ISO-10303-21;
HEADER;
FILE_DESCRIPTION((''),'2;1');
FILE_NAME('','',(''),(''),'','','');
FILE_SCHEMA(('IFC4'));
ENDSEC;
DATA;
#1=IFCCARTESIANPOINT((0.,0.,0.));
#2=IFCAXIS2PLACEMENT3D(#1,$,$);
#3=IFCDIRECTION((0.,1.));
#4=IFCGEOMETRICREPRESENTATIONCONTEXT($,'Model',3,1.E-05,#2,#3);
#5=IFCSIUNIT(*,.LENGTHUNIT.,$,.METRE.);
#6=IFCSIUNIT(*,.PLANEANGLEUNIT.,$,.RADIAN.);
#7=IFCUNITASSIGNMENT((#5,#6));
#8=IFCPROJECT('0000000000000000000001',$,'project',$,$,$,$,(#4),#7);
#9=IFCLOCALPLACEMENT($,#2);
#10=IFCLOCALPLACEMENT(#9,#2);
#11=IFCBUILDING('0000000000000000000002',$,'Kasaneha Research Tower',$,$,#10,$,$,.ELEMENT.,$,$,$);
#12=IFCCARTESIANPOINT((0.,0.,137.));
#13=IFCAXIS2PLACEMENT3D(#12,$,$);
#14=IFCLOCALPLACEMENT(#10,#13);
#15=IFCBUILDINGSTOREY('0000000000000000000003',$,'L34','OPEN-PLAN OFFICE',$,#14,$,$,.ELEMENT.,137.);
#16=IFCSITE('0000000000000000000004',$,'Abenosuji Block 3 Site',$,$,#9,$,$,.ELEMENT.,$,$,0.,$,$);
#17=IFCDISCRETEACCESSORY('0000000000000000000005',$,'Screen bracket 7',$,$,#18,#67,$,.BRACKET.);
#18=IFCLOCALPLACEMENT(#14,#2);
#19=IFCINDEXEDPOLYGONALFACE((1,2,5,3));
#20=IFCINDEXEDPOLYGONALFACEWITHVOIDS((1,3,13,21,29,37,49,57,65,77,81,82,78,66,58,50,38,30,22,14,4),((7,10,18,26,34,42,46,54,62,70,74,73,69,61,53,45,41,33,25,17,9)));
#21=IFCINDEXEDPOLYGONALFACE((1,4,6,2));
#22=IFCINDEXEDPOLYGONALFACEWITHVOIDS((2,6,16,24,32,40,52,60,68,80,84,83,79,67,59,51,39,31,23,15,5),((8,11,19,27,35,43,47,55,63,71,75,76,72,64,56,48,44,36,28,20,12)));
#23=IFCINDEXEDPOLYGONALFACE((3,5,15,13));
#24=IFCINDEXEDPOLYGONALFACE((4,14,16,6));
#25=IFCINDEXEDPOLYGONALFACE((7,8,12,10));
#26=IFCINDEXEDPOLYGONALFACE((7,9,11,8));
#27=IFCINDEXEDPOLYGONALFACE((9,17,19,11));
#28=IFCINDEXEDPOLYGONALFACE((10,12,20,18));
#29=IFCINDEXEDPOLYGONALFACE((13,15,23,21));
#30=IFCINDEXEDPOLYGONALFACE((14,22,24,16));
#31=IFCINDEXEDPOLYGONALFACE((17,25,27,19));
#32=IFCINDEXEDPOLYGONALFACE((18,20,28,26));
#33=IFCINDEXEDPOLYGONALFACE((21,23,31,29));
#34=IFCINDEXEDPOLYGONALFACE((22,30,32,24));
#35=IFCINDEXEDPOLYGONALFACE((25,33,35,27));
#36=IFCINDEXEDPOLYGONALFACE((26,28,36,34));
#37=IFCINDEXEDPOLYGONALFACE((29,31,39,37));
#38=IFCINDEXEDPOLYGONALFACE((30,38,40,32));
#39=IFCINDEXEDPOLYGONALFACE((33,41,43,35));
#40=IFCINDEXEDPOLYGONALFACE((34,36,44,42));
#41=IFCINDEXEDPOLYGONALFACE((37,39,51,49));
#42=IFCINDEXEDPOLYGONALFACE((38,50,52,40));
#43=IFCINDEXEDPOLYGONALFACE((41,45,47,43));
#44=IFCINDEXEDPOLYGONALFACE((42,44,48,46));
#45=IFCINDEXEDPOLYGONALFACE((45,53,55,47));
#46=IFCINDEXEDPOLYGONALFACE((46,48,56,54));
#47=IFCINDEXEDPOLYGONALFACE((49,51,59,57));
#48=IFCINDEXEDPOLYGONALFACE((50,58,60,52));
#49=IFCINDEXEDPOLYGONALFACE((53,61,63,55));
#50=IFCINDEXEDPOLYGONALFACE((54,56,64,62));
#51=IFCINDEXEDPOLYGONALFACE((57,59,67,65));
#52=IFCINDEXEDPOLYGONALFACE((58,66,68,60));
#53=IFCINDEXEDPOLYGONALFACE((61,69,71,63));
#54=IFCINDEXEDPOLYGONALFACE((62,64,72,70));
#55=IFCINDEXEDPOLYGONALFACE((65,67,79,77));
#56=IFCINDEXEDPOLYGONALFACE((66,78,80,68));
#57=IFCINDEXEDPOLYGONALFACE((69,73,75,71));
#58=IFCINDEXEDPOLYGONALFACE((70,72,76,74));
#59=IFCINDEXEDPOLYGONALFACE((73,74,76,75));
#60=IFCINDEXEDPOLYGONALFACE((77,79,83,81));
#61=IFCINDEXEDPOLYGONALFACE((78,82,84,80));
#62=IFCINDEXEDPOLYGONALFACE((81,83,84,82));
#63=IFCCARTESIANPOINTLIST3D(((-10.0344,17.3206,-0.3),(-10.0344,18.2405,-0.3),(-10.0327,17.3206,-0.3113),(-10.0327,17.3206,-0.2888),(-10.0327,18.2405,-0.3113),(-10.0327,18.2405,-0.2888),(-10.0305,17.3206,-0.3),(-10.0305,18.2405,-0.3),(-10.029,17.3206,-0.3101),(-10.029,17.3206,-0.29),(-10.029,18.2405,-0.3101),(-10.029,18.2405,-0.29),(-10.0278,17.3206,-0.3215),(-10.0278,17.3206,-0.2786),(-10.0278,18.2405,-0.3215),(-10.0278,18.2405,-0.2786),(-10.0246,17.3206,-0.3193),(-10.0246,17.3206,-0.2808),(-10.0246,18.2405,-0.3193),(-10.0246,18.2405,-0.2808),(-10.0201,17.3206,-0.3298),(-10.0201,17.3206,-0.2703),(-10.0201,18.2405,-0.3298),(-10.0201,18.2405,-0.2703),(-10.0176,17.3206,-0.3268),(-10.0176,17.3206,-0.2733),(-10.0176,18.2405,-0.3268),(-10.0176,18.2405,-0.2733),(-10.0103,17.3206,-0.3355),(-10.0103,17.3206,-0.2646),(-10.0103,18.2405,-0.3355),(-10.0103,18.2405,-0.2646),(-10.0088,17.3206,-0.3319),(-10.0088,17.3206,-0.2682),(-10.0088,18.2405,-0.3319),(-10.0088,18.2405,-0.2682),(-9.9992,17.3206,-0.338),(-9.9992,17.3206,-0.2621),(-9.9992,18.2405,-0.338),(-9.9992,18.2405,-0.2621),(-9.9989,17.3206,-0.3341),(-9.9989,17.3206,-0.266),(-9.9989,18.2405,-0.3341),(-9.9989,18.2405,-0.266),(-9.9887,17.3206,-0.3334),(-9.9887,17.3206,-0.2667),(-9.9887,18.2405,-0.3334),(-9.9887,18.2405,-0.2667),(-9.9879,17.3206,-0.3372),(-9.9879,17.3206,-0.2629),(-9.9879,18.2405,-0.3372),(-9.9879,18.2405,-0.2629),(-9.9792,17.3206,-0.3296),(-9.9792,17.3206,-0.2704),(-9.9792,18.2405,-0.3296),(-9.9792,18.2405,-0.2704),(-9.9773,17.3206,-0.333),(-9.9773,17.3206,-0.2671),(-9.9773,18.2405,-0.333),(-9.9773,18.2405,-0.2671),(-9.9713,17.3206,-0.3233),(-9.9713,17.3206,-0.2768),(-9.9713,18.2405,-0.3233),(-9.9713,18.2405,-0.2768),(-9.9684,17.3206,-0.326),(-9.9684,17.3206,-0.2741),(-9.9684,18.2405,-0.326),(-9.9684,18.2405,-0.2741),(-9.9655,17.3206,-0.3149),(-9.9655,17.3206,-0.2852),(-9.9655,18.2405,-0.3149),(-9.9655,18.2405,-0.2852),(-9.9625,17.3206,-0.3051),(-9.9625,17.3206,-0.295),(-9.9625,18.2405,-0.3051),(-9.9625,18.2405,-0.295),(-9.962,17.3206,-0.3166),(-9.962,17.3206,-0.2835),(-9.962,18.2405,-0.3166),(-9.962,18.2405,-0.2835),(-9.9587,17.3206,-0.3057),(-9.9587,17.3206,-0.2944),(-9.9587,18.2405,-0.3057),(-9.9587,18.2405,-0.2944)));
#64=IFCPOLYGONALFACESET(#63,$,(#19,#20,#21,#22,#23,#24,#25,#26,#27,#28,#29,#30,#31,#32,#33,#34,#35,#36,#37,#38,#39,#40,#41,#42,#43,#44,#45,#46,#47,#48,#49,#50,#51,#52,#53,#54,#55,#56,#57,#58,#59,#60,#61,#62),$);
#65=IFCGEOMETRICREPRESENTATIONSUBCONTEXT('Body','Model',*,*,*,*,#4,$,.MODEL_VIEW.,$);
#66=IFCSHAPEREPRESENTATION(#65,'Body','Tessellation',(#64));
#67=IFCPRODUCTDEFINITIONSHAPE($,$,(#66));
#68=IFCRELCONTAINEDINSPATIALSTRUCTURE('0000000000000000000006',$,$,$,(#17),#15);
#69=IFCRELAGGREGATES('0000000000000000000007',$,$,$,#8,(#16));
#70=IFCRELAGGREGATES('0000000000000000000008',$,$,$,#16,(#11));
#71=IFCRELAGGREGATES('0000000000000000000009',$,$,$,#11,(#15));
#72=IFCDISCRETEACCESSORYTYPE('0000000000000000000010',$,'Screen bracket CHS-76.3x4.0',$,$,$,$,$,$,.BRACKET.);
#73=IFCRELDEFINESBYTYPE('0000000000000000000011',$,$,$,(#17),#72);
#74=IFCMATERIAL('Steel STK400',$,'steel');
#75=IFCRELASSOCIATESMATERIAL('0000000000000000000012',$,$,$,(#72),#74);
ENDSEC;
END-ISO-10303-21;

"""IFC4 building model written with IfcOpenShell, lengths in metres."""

from ifc_helpers import new_model, si_unit, direction, frame, origin, origin_2d, place, context, subcontext, project, spatial, hollow_circle, extrude, material, material_profile, profile_set, type_object, element, save


model = new_model("IFC4")

# Units and contexts
model_context = context("Model", 3, precision=1e-05, world=origin(), true_north=direction((0.0, 1.0)))
body_context = subcontext(model_context, "Body", "Model", "MODEL_VIEW")
ifc_project = project(units=[si_unit("LENGTHUNIT", "METRE"), si_unit("PLANEANGLEUNIT", "RADIAN")], contexts=[model_context])

# Site, building, storey
site_placement = place(None, origin())
site = spatial("IfcSite", under=ifc_project, at=site_placement, Name="Abenosuji Block 3 Site", CompositionType="ELEMENT", RefElevation=0.0)
building_placement = place(site_placement, origin())
building = spatial("IfcBuilding", under=site, at=building_placement, Name="Kasaneha Research Tower", CompositionType="ELEMENT")
storey_placement = place(building_placement, frame((0.0, 0.0, 137.0)))
storey = spatial("IfcBuildingStorey", under=building, at=storey_placement, Name="L34", Description="OPEN-PLAN OFFICE", CompositionType="ELEMENT", Elevation=137.0)

# Discrete accessory
ifc_material_1 = material(Name="Steel STK400", Category="steel")
ifc_material_profile_1 = material_profile(ifc_material_1, hollow_circle(Radius=0.0381, WallThickness=0.0039, at=origin_2d()), Name="CHS-76.3x4.0")
ifc_profile_set_1 = profile_set([ifc_material_profile_1], Name="Steel STK400")
discrete_accessory_type = type_object("IfcDiscreteAccessoryType", Name="Screen bracket CHS-76.3x4.0", PredefinedType="BRACKET", material=ifc_profile_set_1)
for number, where, z_axis, x_axis, name in (
    (1, (-9.9963, 17.3206, -0.3), (0.0, 1.0, 0.0), (-1.0, 0.0, 0.0), "Screen bracket 7"),
):
    element("IfcDiscreteAccessory", number, at=place(storey_placement, frame(where, z_axis=z_axis, x_axis=x_axis)), inside=storey, type_object=discrete_accessory_type, Name=name, PredefinedType="BRACKET", context=body_context, shape_type="SweptSolid", body=[
        extrude(hollow_circle(Radius=0.0381, WallThickness=0.0039, at=origin_2d()), origin(), (0.0, 0.0, 1.0), 0.9199),
    ])

save(model, "model.ifc")
